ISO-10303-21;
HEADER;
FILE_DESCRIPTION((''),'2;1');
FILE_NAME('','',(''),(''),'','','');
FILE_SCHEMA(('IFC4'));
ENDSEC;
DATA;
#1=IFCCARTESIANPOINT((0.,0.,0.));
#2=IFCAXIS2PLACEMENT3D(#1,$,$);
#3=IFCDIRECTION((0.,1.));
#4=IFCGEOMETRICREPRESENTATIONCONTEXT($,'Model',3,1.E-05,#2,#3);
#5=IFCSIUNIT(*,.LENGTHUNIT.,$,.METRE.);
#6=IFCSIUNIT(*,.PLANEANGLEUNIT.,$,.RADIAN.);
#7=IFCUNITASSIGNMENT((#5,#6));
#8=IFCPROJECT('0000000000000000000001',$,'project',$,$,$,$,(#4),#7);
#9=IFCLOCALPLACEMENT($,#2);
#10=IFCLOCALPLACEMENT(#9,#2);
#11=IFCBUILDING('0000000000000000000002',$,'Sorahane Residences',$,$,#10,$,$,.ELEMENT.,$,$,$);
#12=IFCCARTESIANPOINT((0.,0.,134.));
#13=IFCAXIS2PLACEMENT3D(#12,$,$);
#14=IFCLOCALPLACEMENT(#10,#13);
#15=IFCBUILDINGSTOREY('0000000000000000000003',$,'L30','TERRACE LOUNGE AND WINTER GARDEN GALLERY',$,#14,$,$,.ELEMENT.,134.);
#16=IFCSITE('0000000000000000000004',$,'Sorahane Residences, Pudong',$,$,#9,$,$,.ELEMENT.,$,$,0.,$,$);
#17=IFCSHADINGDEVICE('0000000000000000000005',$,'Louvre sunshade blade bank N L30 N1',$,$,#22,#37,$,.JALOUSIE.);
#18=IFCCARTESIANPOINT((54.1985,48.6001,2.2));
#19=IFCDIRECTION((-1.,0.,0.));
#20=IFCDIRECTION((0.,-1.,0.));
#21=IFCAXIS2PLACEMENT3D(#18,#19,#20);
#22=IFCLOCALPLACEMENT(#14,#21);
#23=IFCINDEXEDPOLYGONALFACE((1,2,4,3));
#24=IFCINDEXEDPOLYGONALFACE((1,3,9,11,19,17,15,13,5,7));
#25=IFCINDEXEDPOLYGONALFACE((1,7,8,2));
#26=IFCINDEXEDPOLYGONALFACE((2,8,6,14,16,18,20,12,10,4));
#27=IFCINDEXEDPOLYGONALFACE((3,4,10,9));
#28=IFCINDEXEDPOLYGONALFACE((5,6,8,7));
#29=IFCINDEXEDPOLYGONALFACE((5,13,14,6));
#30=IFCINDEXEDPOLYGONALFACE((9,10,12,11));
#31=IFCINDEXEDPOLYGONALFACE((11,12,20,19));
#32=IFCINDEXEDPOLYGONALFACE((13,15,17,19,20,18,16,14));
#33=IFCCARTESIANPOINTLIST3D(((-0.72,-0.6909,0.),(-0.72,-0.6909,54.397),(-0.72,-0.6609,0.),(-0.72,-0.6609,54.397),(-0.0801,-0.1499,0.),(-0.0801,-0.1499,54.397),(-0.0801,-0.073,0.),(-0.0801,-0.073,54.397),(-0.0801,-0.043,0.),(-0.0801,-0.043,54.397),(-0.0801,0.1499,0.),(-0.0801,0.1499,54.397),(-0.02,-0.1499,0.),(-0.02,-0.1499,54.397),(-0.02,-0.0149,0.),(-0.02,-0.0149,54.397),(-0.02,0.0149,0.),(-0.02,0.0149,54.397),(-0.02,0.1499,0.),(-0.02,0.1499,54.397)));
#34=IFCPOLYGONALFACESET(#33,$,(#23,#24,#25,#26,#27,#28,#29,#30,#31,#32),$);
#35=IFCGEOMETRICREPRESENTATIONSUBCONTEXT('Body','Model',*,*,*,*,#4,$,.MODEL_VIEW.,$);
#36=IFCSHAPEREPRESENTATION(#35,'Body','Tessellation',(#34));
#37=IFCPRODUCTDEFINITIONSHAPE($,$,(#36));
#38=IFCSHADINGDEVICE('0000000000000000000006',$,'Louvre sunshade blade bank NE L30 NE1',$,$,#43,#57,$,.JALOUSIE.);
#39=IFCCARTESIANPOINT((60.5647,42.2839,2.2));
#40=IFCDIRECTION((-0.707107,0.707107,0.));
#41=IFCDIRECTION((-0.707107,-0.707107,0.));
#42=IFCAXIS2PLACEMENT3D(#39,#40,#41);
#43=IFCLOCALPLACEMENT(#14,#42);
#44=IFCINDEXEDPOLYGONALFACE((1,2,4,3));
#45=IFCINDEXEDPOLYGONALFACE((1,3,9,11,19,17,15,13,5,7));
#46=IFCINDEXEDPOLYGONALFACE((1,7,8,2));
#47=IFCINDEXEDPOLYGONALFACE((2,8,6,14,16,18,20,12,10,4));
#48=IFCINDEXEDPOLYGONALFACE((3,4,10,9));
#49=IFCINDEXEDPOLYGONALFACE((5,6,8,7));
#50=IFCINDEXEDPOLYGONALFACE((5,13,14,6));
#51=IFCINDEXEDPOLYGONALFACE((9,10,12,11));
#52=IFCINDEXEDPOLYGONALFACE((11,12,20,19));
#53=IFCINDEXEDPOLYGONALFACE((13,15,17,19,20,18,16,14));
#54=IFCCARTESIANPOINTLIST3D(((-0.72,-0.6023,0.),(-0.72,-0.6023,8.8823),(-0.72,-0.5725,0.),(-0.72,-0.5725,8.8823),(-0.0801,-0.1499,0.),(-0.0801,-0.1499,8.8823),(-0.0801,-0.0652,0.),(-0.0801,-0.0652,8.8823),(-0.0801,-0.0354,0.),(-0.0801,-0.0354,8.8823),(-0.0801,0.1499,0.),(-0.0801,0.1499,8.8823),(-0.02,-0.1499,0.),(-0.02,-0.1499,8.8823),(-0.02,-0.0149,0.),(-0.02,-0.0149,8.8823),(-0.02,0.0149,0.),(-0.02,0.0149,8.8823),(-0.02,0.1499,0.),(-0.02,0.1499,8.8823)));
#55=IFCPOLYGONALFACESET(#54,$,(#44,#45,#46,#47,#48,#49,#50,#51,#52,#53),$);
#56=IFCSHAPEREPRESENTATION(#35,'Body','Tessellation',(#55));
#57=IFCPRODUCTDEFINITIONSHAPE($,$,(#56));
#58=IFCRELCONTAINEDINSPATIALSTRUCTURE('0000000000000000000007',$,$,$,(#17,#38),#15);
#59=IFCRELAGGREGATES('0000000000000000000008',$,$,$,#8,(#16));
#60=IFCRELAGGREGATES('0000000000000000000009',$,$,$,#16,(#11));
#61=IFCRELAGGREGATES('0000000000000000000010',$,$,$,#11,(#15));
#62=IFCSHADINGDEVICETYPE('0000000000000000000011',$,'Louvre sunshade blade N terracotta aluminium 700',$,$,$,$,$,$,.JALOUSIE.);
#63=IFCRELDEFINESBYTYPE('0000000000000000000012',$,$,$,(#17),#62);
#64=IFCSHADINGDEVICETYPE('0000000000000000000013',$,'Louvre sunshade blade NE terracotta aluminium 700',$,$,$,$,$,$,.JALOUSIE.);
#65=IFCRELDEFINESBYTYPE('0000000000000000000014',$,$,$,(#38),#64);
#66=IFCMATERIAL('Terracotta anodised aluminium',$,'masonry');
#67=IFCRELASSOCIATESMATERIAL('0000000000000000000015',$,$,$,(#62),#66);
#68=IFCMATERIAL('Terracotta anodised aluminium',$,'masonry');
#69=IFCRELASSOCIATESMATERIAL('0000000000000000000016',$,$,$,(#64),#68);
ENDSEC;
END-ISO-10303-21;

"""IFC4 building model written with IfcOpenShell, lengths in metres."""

from ifc_helpers import new_model, si_unit, direction, frame, origin, place, context, subcontext, project, spatial, polyline, outline, extrude, material, type_object, element, save


model = new_model("IFC4")

# Units and contexts
model_context = context("Model", 3, precision=1e-05, world=origin(), true_north=direction((0.0, 1.0)))
body_context = subcontext(model_context, "Body", "Model", "MODEL_VIEW")
ifc_project = project(units=[si_unit("LENGTHUNIT", "METRE"), si_unit("PLANEANGLEUNIT", "RADIAN")], contexts=[model_context])

# Site, building, storey
site_placement = place(None, origin())
site = spatial("IfcSite", under=ifc_project, at=site_placement, Name="Sorahane Residences, Pudong", CompositionType="ELEMENT", RefElevation=0.0)
building_placement = place(site_placement, origin())
building = spatial("IfcBuilding", under=site, at=building_placement, Name="Sorahane Residences", CompositionType="ELEMENT")
storey_placement = place(building_placement, frame((0.0, 0.0, 134.0)))
storey = spatial("IfcBuildingStorey", under=building, at=storey_placement, Name="L30", Description="TERRACE LOUNGE AND WINTER GARDEN GALLERY", CompositionType="ELEMENT", Elevation=134.0)

# Shading devices
ifc_material_1 = material(Name="Terracotta anodised aluminium", Category="masonry")
shading_device_type_1 = type_object("IfcShadingDeviceType", Name="Louvre sunshade blade N terracotta aluminium 700", PredefinedType="JALOUSIE", material=ifc_material_1)
shading_device_1_placement = place(storey_placement, frame((54.1985, 48.6001, 2.2), z_axis=(-1.0, 0.0, 0.0), x_axis=(0.0, -1.0, 0.0)))
element("IfcShadingDevice", 1, at=shading_device_1_placement, inside=storey, type_object=shading_device_type_1, Name="Louvre sunshade blade bank N L30 N1", PredefinedType="JALOUSIE", context=body_context, shape_type="SweptSolid", body=[
    extrude(outline(polyline([(-0.72, -0.6609), (-0.72, -0.6909), (-0.0801, -0.073), (-0.0801, -0.1499), (-0.02, -0.1499), (-0.02, -0.0149), (-0.02, 0.0149), (-0.02, 0.1499), (-0.0801, 0.1499), (-0.0801, -0.043), (-0.72, -0.6609)])), origin(), (0.0, 0.0, 1.0), 54.397),
])
ifc_material_2 = material(Name="Terracotta anodised aluminium", Category="masonry")
shading_device_type_2 = type_object("IfcShadingDeviceType", Name="Louvre sunshade blade NE terracotta aluminium 700", PredefinedType="JALOUSIE", material=ifc_material_2)
shading_device_2_placement = place(storey_placement, frame((60.5647, 42.2839, 2.2), z_axis=(-0.707107, 0.707107, 0.0), x_axis=(-0.707107, -0.707107, 0.0)))
element("IfcShadingDevice", 2, at=shading_device_2_placement, inside=storey, type_object=shading_device_type_2, Name="Louvre sunshade blade bank NE L30 NE1", PredefinedType="JALOUSIE", context=body_context, shape_type="SweptSolid", body=[
    extrude(outline(polyline([(-0.72, -0.5725), (-0.72, -0.6023), (-0.0801, -0.0652), (-0.0801, -0.1499), (-0.02, -0.1499), (-0.02, -0.0149), (-0.02, 0.0149), (-0.02, 0.1499), (-0.0801, 0.1499), (-0.0801, -0.0354), (-0.72, -0.5725)])), origin(), (0.0, 0.0, 1.0), 8.8823),
])

save(model, "model.ifc")
